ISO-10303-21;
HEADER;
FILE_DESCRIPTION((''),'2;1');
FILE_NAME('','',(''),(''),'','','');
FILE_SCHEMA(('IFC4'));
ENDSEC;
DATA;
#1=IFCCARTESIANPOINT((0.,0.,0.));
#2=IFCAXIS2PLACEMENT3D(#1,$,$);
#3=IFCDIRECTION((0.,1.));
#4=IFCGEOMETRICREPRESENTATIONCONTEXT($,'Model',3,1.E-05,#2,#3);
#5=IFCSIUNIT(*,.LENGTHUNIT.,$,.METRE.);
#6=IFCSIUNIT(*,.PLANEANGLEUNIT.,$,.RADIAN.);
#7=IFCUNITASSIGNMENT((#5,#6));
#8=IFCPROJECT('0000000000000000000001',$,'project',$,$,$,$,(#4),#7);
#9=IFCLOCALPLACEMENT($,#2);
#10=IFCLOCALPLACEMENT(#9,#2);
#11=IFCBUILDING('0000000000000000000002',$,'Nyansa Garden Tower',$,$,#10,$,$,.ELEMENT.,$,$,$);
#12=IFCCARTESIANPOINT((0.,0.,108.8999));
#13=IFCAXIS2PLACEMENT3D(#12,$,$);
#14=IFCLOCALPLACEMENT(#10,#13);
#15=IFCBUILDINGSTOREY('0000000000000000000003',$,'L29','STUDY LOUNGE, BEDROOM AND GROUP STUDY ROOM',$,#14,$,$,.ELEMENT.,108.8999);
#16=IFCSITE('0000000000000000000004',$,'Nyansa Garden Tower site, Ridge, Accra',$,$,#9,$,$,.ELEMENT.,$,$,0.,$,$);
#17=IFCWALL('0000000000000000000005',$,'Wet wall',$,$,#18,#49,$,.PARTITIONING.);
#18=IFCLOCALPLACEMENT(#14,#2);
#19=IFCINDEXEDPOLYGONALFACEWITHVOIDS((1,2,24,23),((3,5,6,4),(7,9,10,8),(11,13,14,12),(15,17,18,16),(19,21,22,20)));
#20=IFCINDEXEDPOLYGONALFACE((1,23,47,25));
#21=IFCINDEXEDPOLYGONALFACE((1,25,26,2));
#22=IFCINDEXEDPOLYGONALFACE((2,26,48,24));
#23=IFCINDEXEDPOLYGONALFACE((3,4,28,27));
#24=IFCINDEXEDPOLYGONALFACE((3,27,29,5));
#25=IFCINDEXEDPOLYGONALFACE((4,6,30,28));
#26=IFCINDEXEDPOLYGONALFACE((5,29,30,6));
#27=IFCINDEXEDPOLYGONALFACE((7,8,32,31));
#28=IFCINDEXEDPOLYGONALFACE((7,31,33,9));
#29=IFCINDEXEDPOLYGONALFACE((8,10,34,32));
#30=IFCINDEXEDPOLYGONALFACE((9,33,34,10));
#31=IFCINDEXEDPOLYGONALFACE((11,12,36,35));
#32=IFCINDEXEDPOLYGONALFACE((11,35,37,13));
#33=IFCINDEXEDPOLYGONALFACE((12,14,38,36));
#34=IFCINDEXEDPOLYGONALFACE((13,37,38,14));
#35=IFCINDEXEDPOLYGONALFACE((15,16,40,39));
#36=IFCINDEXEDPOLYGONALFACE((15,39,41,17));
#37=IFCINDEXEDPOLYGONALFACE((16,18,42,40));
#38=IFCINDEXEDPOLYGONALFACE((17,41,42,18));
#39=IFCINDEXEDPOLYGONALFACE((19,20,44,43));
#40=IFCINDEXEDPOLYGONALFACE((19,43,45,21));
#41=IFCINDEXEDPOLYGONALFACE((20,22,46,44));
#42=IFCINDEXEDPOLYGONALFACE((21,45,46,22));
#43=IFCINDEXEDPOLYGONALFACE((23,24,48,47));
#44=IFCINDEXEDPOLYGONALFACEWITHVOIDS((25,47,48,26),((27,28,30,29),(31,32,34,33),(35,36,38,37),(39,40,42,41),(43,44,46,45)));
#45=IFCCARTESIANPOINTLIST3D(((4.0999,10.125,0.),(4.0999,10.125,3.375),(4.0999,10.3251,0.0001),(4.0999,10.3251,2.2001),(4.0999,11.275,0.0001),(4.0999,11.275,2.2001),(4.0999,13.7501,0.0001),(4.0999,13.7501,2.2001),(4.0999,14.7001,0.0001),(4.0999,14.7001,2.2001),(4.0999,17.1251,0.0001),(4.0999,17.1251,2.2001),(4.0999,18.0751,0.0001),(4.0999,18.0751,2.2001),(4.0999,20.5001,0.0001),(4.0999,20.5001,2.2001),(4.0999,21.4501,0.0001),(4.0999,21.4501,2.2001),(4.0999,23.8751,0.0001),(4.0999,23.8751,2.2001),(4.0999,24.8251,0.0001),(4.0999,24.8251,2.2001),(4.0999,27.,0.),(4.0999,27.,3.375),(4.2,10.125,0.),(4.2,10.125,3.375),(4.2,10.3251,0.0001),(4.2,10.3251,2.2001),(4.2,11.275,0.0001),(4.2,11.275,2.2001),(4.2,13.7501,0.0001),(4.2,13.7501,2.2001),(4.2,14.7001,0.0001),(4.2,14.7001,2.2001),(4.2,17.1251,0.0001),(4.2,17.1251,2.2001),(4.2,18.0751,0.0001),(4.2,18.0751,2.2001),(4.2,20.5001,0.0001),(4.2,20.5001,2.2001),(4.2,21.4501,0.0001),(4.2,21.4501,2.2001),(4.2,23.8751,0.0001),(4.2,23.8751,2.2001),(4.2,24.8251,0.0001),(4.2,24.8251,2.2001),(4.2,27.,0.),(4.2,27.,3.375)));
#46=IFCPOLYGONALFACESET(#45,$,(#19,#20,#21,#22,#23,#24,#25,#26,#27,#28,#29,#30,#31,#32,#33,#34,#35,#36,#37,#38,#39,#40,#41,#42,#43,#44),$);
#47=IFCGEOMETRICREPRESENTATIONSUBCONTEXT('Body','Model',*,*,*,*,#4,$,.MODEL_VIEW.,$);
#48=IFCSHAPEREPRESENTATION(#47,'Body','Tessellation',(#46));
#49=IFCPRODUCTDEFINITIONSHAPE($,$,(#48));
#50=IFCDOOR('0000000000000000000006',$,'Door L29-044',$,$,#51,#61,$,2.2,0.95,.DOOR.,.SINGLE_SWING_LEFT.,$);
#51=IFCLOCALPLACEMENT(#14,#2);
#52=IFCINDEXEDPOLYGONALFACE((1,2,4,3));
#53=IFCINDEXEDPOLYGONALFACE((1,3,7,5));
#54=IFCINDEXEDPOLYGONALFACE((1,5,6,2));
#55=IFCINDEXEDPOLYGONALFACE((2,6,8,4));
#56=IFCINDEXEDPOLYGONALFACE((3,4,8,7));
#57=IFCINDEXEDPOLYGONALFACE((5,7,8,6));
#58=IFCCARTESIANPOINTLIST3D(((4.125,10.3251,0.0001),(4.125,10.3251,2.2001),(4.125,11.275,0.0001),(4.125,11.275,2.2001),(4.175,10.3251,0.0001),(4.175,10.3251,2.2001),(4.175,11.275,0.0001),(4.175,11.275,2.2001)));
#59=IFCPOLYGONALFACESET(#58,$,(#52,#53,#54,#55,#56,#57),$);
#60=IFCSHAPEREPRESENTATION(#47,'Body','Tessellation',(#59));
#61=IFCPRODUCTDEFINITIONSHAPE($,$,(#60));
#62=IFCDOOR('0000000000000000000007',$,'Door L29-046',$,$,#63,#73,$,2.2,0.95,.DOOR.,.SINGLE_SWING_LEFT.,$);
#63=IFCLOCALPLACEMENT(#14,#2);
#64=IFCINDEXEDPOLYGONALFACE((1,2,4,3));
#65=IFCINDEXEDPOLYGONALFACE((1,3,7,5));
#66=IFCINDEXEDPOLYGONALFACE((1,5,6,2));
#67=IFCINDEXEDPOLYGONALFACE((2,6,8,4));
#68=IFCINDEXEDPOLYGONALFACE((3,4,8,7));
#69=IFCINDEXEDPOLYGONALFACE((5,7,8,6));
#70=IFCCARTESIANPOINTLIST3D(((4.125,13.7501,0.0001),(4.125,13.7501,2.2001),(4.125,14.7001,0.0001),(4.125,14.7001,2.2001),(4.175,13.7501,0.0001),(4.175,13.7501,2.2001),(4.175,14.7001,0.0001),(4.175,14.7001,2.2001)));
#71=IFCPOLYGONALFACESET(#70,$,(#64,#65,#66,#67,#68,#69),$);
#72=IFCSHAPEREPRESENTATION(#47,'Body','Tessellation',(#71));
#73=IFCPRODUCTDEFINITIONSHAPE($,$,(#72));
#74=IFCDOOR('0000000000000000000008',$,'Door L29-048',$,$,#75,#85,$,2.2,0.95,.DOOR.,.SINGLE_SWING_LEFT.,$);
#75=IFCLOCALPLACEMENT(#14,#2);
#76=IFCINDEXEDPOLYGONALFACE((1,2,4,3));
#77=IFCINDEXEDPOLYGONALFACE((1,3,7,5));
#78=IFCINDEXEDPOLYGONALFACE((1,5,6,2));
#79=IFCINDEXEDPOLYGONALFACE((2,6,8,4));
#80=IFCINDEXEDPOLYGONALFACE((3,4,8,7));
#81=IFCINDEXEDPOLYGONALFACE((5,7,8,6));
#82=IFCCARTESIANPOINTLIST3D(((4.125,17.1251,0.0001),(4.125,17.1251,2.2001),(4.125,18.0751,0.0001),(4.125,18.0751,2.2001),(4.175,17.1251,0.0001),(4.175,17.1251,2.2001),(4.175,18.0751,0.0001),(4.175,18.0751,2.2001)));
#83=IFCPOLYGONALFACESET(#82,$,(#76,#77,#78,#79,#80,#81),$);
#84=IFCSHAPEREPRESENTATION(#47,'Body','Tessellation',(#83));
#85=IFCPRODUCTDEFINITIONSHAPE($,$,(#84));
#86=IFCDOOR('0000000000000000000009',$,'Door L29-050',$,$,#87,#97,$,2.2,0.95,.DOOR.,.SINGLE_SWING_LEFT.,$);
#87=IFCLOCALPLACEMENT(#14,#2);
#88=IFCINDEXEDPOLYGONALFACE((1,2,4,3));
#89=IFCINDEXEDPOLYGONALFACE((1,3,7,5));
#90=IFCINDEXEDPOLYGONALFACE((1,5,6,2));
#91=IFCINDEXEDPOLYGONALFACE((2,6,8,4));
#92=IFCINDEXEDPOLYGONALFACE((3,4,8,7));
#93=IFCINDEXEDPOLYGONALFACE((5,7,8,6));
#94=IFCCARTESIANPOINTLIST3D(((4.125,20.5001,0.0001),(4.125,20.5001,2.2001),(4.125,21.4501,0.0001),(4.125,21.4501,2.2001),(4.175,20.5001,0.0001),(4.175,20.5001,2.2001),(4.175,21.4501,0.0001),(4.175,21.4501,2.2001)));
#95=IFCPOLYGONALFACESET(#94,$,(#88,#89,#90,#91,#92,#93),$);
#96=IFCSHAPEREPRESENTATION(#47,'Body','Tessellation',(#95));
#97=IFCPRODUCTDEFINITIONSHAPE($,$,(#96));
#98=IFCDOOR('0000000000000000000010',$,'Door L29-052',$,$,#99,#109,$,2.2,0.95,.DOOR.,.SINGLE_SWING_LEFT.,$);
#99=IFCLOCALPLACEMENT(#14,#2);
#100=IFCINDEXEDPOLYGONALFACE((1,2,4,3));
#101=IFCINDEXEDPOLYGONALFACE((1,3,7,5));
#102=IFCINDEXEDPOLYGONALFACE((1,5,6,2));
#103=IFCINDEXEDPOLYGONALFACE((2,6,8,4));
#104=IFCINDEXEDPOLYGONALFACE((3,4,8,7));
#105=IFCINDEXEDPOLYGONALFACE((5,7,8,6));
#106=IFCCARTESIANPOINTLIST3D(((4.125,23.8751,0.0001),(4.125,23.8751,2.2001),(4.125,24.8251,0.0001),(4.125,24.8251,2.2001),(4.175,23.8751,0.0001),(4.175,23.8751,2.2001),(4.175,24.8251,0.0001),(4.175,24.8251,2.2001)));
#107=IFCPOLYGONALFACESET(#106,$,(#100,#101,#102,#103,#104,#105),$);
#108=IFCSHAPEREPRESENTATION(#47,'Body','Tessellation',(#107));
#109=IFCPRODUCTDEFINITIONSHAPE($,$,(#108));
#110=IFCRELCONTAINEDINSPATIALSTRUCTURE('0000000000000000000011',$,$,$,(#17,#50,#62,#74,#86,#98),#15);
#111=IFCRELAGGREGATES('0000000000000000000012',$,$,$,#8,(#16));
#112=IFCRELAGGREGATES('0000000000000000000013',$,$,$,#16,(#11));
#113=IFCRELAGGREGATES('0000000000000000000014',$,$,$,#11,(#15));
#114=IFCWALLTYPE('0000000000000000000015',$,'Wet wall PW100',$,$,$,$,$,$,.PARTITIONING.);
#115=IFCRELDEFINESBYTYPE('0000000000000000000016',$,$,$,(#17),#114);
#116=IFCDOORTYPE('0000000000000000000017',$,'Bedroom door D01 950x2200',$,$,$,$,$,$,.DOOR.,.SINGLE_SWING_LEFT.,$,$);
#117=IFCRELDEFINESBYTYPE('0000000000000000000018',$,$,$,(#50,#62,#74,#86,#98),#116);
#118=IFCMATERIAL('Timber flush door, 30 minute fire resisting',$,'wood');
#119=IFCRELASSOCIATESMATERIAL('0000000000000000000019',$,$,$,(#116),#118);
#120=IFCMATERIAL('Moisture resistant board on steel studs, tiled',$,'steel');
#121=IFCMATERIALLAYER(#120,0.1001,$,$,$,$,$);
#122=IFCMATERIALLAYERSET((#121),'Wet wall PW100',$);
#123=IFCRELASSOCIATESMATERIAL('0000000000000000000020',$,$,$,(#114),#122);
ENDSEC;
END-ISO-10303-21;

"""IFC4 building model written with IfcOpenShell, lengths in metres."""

from ifc_helpers import new_model, si_unit, direction, frame, frame_2d, origin, place, context, subcontext, project, spatial, rectangle, extrude, material, layer, layer_set, type_object, element, fill, save


model = new_model("IFC4")

# Units and contexts
model_context = context("Model", 3, precision=1e-05, world=origin(), true_north=direction((0.0, 1.0)))
body_context = subcontext(model_context, "Body", "Model", "MODEL_VIEW")
ifc_project = project(units=[si_unit("LENGTHUNIT", "METRE"), si_unit("PLANEANGLEUNIT", "RADIAN")], contexts=[model_context])

# Site, building, storey
site_placement = place(None, origin())
site = spatial("IfcSite", under=ifc_project, at=site_placement, Name="Nyansa Garden Tower site, Ridge, Accra", CompositionType="ELEMENT", RefElevation=0.0)
building_placement = place(site_placement, origin())
building = spatial("IfcBuilding", under=site, at=building_placement, Name="Nyansa Garden Tower", CompositionType="ELEMENT")
storey_placement = place(building_placement, frame((0.0, 0.0, 108.8999)))
storey = spatial("IfcBuildingStorey", under=building, at=storey_placement, Name="L29", Description="STUDY LOUNGE, BEDROOM AND GROUP STUDY ROOM", CompositionType="ELEMENT", Elevation=108.8999)

# Shared definitions
ifc_material_1 = material(Name="Timber flush door, 30 minute fire resisting", Category="wood")
door_type_1 = type_object("IfcDoorType", Name="Bedroom door D01 950x2200", OperationType="SINGLE_SWING_LEFT", PredefinedType="DOOR", material=ifc_material_1)

# Shared definitions
ifc_material_2 = material(Name="Moisture resistant board on steel studs, tiled", Category="steel")
ifc_layer_1 = layer(ifc_material_2, 0.1001)
ifc_layer_set_1 = layer_set([ifc_layer_1], Name="Wet wall PW100")
wall_type_1 = type_object("IfcWallType", Name="Wet wall PW100", PredefinedType="PARTITIONING", material=ifc_layer_set_1)

# Wall, openings, doors
wall_1_placement = place(storey_placement, frame((4.1499, 10.125, 0.0), z_axis=(0.0, 0.0, 1.0), x_axis=(0.0, 1.0, 0.0)))
wall_1 = element("IfcWall", 1, at=wall_1_placement, inside=storey, type_object=wall_type_1, Name="Wet wall", PredefinedType="PARTITIONING", context=body_context, shape_type="SweptSolid", body=[
    extrude(rectangle(XDim=16.875, YDim=0.1001, at=frame_2d((8.4375, 0.0))), origin(), (0.0, 0.0, 1.0), 3.375),
])
opening_1_placement = place(wall_1_placement, frame((0.2, 0.0, 0.0)))
opening_1 = element("IfcOpeningElement", 2, at=opening_1_placement, cuts=wall_1, PredefinedType="OPENING", context=body_context, shape_type="SweptSolid", body=[
    extrude(rectangle(XDim=0.95, YDim=2.2, at=frame_2d((0.4751, 1.1001))), frame((0.0, 0.0601, 0.0), z_axis=(0.0, -1.0, 0.0), x_axis=(1.0, 0.0, 0.0)), (0.0, 0.0, 1.0), 0.1201),
])
opening_2_placement = place(wall_1_placement, frame((3.625, 0.0, 0.0)))
opening_2 = element("IfcOpeningElement", 3, at=opening_2_placement, cuts=wall_1, PredefinedType="OPENING", context=body_context, shape_type="SweptSolid", body=[
    extrude(rectangle(XDim=0.95, YDim=2.2, at=frame_2d((0.4751, 1.1001))), frame((0.0, 0.0601, 0.0), z_axis=(0.0, -1.0, 0.0), x_axis=(1.0, 0.0, 0.0)), (0.0, 0.0, 1.0), 0.1201),
])
opening_3_placement = place(wall_1_placement, frame((7.0, 0.0, 0.0)))
opening_3 = element("IfcOpeningElement", 4, at=opening_3_placement, cuts=wall_1, PredefinedType="OPENING", context=body_context, shape_type="SweptSolid", body=[
    extrude(rectangle(XDim=0.95, YDim=2.2, at=frame_2d((0.4751, 1.1001))), frame((0.0, 0.0601, 0.0), z_axis=(0.0, -1.0, 0.0), x_axis=(1.0, 0.0, 0.0)), (0.0, 0.0, 1.0), 0.1201),
])
opening_4_placement = place(wall_1_placement, frame((10.375, 0.0, 0.0)))
opening_4 = element("IfcOpeningElement", 5, at=opening_4_placement, cuts=wall_1, PredefinedType="OPENING", context=body_context, shape_type="SweptSolid", body=[
    extrude(rectangle(XDim=0.95, YDim=2.2, at=frame_2d((0.4751, 1.1001))), frame((0.0, 0.0601, 0.0), z_axis=(0.0, -1.0, 0.0), x_axis=(1.0, 0.0, 0.0)), (0.0, 0.0, 1.0), 0.1201),
])
opening_5_placement = place(wall_1_placement, frame((13.75, 0.0, 0.0)))
opening_5 = element("IfcOpeningElement", 6, at=opening_5_placement, cuts=wall_1, PredefinedType="OPENING", context=body_context, shape_type="SweptSolid", body=[
    extrude(rectangle(XDim=0.95, YDim=2.2, at=frame_2d((0.4751, 1.1001))), frame((0.0, 0.0601, 0.0), z_axis=(0.0, -1.0, 0.0), x_axis=(1.0, 0.0, 0.0)), (0.0, 0.0, 1.0), 0.1201),
])
door_1_placement = place(opening_1_placement, origin())
door_1 = element("IfcDoor", 7, at=door_1_placement, inside=storey, type_object=door_type_1, Name="Door L29-044", OperationType="SINGLE_SWING_LEFT", OverallHeight=2.2, OverallWidth=0.95, PredefinedType="DOOR", context=body_context, shape_type="SweptSolid", body=[
    extrude(rectangle(XDim=0.95, YDim=2.2, at=frame_2d((0.4751, 1.1001))), frame((0.0, 0.0249, 0.0), z_axis=(0.0, -1.0, 0.0), x_axis=(1.0, 0.0, 0.0)), (0.0, 0.0, 1.0), 0.05),
])
fill(opening_1, door_1)
door_2_placement = place(opening_2_placement, origin())
door_2 = element("IfcDoor", 8, at=door_2_placement, inside=storey, type_object=door_type_1, Name="Door L29-046", OperationType="SINGLE_SWING_LEFT", OverallHeight=2.2, OverallWidth=0.95, PredefinedType="DOOR", context=body_context, shape_type="SweptSolid", body=[
    extrude(rectangle(XDim=0.95, YDim=2.2, at=frame_2d((0.4751, 1.1001))), frame((0.0, 0.0249, 0.0), z_axis=(0.0, -1.0, 0.0), x_axis=(1.0, 0.0, 0.0)), (0.0, 0.0, 1.0), 0.05),
])
fill(opening_2, door_2)
door_3_placement = place(opening_3_placement, origin())
door_3 = element("IfcDoor", 9, at=door_3_placement, inside=storey, type_object=door_type_1, Name="Door L29-048", OperationType="SINGLE_SWING_LEFT", OverallHeight=2.2, OverallWidth=0.95, PredefinedType="DOOR", context=body_context, shape_type="SweptSolid", body=[
    extrude(rectangle(XDim=0.95, YDim=2.2, at=frame_2d((0.4751, 1.1001))), frame((0.0, 0.0249, 0.0), z_axis=(0.0, -1.0, 0.0), x_axis=(1.0, 0.0, 0.0)), (0.0, 0.0, 1.0), 0.05),
])
fill(opening_3, door_3)
door_4_placement = place(opening_4_placement, origin())
door_4 = element("IfcDoor", 10, at=door_4_placement, inside=storey, type_object=door_type_1, Name="Door L29-050", OperationType="SINGLE_SWING_LEFT", OverallHeight=2.2, OverallWidth=0.95, PredefinedType="DOOR", context=body_context, shape_type="SweptSolid", body=[
    extrude(rectangle(XDim=0.95, YDim=2.2, at=frame_2d((0.4751, 1.1001))), frame((0.0, 0.0249, 0.0), z_axis=(0.0, -1.0, 0.0), x_axis=(1.0, 0.0, 0.0)), (0.0, 0.0, 1.0), 0.05),
])
fill(opening_4, door_4)
door_5_placement = place(opening_5_placement, origin())
door_5 = element("IfcDoor", 11, at=door_5_placement, inside=storey, type_object=door_type_1, Name="Door L29-052", OperationType="SINGLE_SWING_LEFT", OverallHeight=2.2, OverallWidth=0.95, PredefinedType="DOOR", context=body_context, shape_type="SweptSolid", body=[
    extrude(rectangle(XDim=0.95, YDim=2.2, at=frame_2d((0.4751, 1.1001))), frame((0.0, 0.0249, 0.0), z_axis=(0.0, -1.0, 0.0), x_axis=(1.0, 0.0, 0.0)), (0.0, 0.0, 1.0), 0.05),
])
fill(opening_5, door_5)

save(model, "model.ifc")
